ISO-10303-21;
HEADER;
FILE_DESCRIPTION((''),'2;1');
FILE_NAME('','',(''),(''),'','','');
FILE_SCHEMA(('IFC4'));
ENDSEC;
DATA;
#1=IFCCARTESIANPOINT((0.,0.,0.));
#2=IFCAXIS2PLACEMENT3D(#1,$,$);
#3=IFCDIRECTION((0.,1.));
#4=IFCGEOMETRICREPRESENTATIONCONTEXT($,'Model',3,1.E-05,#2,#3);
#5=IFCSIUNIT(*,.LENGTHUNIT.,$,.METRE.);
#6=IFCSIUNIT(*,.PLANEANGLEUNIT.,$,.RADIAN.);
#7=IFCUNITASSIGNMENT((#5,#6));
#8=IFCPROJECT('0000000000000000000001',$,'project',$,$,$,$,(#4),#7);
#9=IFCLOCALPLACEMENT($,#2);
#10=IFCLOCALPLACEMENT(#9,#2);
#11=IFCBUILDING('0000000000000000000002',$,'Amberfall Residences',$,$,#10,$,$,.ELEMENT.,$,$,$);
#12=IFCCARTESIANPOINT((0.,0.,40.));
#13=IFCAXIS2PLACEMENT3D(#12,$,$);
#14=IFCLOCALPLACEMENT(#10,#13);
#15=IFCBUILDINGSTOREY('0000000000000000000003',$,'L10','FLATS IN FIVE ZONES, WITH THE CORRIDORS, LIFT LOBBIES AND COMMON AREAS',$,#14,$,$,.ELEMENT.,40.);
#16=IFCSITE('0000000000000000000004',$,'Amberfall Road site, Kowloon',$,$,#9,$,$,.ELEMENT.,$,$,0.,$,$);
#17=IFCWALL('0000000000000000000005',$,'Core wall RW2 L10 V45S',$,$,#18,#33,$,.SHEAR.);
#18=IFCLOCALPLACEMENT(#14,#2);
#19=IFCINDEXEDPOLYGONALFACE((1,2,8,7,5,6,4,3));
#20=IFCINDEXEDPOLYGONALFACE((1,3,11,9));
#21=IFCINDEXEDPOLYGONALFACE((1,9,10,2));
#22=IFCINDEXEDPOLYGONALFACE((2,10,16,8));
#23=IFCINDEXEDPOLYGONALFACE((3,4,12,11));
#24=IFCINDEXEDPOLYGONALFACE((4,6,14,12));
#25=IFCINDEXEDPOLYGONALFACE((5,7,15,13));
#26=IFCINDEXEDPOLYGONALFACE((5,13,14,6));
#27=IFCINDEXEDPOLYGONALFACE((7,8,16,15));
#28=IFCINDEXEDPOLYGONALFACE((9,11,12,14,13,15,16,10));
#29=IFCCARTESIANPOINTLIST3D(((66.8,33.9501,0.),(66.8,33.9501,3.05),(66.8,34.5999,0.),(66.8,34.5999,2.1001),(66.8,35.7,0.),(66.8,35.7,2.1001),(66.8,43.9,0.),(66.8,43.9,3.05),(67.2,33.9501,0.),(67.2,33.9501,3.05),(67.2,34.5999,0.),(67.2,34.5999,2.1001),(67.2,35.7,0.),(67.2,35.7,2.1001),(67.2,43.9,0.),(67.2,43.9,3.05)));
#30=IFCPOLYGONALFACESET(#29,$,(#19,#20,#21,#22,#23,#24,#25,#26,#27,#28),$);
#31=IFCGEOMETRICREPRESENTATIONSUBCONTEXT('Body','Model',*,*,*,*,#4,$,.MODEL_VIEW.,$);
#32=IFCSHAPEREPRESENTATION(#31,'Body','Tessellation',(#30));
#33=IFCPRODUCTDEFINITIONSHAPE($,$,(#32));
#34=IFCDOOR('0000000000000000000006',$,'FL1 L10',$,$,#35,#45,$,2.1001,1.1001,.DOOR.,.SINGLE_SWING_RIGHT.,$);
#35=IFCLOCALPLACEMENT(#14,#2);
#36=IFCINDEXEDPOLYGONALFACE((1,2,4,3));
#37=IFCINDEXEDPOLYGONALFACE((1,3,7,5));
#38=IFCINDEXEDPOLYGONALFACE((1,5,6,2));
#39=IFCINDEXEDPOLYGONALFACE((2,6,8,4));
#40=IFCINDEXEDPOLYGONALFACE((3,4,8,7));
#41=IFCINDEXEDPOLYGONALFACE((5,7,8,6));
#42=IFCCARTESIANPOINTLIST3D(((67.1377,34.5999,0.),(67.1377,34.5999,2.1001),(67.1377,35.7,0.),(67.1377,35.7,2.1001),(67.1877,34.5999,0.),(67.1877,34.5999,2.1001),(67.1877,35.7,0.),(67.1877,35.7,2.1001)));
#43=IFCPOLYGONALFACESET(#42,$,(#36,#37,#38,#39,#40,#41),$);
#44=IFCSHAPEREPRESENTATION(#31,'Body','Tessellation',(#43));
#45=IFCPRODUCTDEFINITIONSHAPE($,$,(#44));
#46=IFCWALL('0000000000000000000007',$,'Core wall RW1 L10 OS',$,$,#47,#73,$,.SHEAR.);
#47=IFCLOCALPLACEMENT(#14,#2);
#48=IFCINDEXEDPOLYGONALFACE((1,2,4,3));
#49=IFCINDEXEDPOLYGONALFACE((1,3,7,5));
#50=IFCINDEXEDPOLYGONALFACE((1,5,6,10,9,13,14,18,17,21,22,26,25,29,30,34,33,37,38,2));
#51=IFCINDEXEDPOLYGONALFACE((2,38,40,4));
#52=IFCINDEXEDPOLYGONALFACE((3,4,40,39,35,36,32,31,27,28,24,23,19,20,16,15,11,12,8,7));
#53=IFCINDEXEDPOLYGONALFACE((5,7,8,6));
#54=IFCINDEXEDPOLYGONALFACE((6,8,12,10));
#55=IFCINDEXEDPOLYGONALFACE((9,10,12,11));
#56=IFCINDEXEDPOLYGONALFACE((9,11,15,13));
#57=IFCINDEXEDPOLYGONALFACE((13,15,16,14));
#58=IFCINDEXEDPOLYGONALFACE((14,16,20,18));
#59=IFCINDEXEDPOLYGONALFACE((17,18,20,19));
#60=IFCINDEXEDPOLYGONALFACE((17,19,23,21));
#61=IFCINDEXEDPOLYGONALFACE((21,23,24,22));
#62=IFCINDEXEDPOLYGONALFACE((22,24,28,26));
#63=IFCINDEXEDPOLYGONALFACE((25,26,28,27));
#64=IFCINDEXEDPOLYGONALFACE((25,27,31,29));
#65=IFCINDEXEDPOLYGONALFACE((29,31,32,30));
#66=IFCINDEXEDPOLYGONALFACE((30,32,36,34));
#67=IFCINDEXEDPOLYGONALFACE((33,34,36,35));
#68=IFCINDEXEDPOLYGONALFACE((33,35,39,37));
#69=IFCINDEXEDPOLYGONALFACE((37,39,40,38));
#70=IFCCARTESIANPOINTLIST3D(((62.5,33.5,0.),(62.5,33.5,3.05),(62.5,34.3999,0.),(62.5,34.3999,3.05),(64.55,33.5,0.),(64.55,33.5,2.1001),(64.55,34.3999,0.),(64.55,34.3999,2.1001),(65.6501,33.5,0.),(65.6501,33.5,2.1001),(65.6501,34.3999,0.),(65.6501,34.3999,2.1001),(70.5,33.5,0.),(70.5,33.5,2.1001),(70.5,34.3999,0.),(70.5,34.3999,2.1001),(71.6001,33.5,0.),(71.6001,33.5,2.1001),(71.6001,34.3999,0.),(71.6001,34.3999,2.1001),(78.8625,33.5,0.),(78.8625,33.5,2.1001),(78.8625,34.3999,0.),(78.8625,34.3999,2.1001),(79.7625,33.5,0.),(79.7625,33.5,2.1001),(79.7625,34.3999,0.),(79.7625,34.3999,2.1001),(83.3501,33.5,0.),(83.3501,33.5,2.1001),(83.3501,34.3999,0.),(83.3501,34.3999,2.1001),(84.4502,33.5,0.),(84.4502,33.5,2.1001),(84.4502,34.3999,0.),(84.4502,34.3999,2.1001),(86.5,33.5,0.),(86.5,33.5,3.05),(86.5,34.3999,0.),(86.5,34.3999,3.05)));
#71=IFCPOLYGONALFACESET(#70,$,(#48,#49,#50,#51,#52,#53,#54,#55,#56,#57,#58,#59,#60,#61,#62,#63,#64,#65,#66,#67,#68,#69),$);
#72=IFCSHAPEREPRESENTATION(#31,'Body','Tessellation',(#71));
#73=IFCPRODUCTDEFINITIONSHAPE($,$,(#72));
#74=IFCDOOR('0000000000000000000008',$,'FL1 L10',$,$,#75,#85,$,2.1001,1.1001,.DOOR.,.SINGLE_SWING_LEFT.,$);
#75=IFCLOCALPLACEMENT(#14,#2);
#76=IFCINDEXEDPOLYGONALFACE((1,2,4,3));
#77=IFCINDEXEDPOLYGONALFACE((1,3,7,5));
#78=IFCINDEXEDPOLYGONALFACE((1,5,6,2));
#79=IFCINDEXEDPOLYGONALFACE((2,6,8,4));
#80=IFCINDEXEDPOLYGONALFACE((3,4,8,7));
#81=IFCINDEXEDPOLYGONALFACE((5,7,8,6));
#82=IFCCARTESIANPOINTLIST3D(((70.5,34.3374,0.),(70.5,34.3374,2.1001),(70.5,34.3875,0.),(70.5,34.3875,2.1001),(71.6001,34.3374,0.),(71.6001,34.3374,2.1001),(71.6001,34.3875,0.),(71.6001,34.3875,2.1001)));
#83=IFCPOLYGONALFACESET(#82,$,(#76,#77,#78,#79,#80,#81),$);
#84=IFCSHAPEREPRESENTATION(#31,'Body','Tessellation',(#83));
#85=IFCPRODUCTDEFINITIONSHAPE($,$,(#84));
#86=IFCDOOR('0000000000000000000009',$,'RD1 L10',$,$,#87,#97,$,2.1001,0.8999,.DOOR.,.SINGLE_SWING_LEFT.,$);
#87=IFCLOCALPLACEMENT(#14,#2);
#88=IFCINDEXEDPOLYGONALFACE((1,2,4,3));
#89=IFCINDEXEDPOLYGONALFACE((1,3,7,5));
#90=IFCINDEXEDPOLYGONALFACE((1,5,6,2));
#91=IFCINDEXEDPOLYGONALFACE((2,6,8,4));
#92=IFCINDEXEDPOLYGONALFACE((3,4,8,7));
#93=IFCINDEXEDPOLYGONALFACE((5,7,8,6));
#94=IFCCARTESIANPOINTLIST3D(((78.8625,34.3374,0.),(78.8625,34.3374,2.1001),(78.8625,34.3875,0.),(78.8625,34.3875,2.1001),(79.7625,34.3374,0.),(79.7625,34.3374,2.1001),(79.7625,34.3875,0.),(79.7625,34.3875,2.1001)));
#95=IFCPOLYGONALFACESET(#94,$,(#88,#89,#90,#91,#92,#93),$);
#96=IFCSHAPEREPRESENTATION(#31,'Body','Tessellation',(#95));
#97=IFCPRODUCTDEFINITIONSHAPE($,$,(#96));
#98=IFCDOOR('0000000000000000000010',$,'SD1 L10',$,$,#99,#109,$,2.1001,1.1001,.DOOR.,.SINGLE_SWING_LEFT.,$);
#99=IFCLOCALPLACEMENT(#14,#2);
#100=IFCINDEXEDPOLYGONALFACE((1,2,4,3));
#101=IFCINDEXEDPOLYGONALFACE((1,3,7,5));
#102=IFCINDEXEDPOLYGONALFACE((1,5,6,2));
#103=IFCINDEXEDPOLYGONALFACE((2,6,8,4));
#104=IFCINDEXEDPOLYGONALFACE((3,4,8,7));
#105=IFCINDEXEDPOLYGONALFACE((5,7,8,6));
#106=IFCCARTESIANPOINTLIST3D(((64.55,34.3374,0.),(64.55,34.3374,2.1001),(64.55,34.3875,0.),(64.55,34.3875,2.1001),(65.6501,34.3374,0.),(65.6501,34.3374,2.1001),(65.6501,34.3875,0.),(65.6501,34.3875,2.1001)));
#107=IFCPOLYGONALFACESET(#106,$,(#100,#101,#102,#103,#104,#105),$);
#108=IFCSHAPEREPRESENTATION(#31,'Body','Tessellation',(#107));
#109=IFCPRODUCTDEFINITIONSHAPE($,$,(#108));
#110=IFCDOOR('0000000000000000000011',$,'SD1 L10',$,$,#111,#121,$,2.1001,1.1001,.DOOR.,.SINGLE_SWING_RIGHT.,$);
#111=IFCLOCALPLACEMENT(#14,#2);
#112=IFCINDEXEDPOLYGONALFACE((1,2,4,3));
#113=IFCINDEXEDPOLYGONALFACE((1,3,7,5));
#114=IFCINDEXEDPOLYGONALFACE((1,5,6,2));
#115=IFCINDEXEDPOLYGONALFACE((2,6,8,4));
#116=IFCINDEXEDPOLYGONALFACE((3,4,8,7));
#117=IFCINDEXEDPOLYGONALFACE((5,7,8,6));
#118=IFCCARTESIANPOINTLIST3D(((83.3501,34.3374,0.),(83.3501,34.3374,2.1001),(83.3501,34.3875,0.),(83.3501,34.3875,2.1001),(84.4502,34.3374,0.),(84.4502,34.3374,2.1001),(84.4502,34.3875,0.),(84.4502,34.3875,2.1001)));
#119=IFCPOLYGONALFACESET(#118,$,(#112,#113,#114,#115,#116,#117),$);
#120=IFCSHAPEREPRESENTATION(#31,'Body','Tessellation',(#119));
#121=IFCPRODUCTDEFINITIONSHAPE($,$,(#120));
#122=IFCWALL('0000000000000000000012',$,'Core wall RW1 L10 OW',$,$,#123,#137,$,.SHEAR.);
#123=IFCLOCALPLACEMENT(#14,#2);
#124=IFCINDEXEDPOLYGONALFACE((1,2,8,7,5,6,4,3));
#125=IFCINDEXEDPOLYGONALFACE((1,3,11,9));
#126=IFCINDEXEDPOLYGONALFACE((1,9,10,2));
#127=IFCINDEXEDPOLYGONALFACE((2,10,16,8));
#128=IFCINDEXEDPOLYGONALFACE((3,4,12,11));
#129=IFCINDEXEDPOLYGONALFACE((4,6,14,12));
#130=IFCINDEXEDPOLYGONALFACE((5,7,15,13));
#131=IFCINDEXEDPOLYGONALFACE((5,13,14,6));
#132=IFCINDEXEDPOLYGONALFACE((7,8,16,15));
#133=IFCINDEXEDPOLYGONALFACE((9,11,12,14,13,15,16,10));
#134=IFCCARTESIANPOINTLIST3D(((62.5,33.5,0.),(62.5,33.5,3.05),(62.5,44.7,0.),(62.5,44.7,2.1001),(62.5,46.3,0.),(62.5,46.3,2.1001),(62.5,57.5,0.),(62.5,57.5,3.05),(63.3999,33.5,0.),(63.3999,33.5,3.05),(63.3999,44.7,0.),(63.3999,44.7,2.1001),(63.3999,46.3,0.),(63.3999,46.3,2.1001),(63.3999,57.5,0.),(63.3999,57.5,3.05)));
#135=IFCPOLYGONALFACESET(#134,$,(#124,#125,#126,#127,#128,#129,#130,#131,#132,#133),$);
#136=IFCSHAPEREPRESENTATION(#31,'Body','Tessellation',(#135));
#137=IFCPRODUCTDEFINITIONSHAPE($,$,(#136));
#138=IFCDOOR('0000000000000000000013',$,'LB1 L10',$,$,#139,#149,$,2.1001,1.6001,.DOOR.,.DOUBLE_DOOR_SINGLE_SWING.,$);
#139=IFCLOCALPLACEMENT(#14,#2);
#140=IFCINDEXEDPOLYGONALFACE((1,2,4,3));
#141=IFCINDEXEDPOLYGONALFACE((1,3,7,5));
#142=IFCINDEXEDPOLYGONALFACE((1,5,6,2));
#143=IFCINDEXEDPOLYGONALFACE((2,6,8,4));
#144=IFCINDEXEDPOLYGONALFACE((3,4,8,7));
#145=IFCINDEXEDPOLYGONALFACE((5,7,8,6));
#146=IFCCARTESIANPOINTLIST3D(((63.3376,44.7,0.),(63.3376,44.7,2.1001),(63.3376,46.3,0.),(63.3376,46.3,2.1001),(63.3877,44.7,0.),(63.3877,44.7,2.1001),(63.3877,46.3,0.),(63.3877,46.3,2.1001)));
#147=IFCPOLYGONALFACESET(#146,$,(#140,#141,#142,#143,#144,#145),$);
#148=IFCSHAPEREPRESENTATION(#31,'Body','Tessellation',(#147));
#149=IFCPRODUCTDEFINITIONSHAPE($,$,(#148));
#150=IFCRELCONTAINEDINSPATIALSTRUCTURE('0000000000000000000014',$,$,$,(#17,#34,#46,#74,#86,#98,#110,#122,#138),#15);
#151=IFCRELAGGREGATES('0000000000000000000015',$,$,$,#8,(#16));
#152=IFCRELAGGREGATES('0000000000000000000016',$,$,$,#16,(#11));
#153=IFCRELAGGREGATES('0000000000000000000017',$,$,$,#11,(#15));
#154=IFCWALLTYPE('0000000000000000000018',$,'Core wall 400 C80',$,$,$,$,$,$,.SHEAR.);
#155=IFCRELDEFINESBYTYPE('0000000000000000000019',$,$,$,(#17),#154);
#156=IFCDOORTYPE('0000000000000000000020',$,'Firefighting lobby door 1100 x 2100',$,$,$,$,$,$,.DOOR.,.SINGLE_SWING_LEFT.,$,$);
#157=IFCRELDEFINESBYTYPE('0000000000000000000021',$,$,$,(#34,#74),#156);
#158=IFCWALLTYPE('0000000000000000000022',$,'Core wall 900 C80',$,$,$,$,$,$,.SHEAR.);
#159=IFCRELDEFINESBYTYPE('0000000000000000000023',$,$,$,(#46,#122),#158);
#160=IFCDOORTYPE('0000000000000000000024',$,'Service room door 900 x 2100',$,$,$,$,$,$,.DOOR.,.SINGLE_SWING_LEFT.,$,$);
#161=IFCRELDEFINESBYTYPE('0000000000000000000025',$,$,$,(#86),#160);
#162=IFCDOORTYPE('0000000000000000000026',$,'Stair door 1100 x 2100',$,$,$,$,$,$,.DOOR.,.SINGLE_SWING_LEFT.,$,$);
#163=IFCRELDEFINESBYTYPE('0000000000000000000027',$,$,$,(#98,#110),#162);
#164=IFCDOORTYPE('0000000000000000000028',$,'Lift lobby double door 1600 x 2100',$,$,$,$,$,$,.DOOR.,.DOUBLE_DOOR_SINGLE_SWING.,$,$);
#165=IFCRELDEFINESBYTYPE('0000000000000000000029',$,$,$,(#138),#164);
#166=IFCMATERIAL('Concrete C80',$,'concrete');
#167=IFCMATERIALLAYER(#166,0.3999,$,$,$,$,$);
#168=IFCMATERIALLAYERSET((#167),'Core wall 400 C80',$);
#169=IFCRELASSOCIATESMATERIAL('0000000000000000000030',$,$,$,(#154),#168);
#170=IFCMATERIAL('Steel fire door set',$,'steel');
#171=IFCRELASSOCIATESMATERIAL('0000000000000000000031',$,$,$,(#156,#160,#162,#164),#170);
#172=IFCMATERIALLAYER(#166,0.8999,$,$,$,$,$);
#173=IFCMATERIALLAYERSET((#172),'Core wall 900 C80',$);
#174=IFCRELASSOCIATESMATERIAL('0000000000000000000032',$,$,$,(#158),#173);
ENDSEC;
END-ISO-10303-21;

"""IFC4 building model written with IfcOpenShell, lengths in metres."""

from ifc_helpers import new_model, si_unit, direction, frame, frame_2d, origin, place, context, subcontext, project, spatial, rectangle, extrude, material, layer, layer_set, type_object, element, fill, save


model = new_model("IFC4")

# Units and contexts
model_context = context("Model", 3, precision=1e-05, world=origin(), true_north=direction((0.0, 1.0)))
body_context = subcontext(model_context, "Body", "Model", "MODEL_VIEW")
ifc_project = project(units=[si_unit("LENGTHUNIT", "METRE"), si_unit("PLANEANGLEUNIT", "RADIAN")], contexts=[model_context])

# Site, building, storey
site_placement = place(None, origin())
site = spatial("IfcSite", under=ifc_project, at=site_placement, Name="Amberfall Road site, Kowloon", CompositionType="ELEMENT", RefElevation=0.0)
building_placement = place(site_placement, origin())
building = spatial("IfcBuilding", under=site, at=building_placement, Name="Amberfall Residences", CompositionType="ELEMENT")
storey_placement = place(building_placement, frame((0.0, 0.0, 40.0)))
storey = spatial("IfcBuildingStorey", under=building, at=storey_placement, Name="L10", Description="FLATS IN FIVE ZONES, WITH THE CORRIDORS, LIFT LOBBIES AND COMMON AREAS", CompositionType="ELEMENT", Elevation=40.0)

# Wall, opening, door
ifc_material_1 = material(Name="Concrete C80", Category="concrete")
ifc_layer_1 = layer(ifc_material_1, 0.3999)
ifc_layer_set_1 = layer_set([ifc_layer_1], Name="Core wall 400 C80")
wall_type_1 = type_object("IfcWallType", Name="Core wall 400 C80", PredefinedType="SHEAR", material=ifc_layer_set_1)
wall_1_placement = place(storey_placement, frame((67.0, 33.95, 0.0), z_axis=(0.0, 0.0, 1.0), x_axis=(0.0, 1.0, 0.0)))
wall_1 = element("IfcWall", 1, at=wall_1_placement, inside=storey, type_object=wall_type_1, Name="Core wall RW2 L10 V45S", PredefinedType="SHEAR", context=body_context, shape_type="SweptSolid", body=[
    extrude(rectangle(XDim=9.95, YDim=0.3999, at=frame_2d((4.9751, 0.0))), origin(), (0.0, 0.0, 1.0), 3.05),
])
opening_1_placement = place(wall_1_placement, frame((0.6499, 0.0, 0.0)))
opening_1 = element("IfcOpeningElement", 2, at=opening_1_placement, cuts=wall_1, PredefinedType="OPENING", context=body_context, shape_type="SweptSolid", body=[
    extrude(rectangle(XDim=1.1001, YDim=2.1001, at=frame_2d((0.55, 1.05))), frame((0.0, 0.21, 0.0), z_axis=(0.0, -1.0, 0.0), x_axis=(1.0, 0.0, 0.0)), (0.0, 0.0, 1.0), 0.4199),
])
ifc_material_2 = material(Name="Steel fire door set", Category="steel")
door_type_1 = type_object("IfcDoorType", Name="Firefighting lobby door 1100 x 2100", OperationType="SINGLE_SWING_LEFT", PredefinedType="DOOR", material=ifc_material_2)
door_1_placement = place(opening_1_placement, origin())
door_1 = element("IfcDoor", 3, at=door_1_placement, inside=storey, type_object=door_type_1, Name="FL1 L10", OperationType="SINGLE_SWING_RIGHT", OverallHeight=2.1001, OverallWidth=1.1001, PredefinedType="DOOR", context=body_context, shape_type="SweptSolid", body=[
    extrude(rectangle(XDim=1.1001, YDim=2.1001, at=frame_2d((0.55, 1.05))), frame((0.0, -0.1377, 0.0), z_axis=(0.0, -1.0, 0.0), x_axis=(1.0, 0.0, 0.0)), (0.0, 0.0, 1.0), 0.05),
])
fill(opening_1, door_1)

# Wall, openings, doors
ifc_layer_2 = layer(ifc_material_1, 0.8999)
ifc_layer_set_2 = layer_set([ifc_layer_2], Name="Core wall 900 C80")
wall_type_2 = type_object("IfcWallType", Name="Core wall 900 C80", PredefinedType="SHEAR", material=ifc_layer_set_2)
wall_2_placement = place(storey_placement, frame((62.5, 33.95, 0.0), z_axis=(0.0, 0.0, 1.0), x_axis=(1.0, 0.0, 0.0)))
wall_2 = element("IfcWall", 4, at=wall_2_placement, inside=storey, type_object=wall_type_2, Name="Core wall RW1 L10 OS", PredefinedType="SHEAR", context=body_context, shape_type="SweptSolid", body=[
    extrude(rectangle(XDim=24.0, YDim=0.8999, at=frame_2d((12.0, 0.0))), origin(), (0.0, 0.0, 1.0), 3.05),
])
opening_2_placement = place(wall_2_placement, frame((2.05, 0.0, 0.0)))
opening_2 = element("IfcOpeningElement", 5, at=opening_2_placement, cuts=wall_2, PredefinedType="OPENING", context=body_context, shape_type="SweptSolid", body=[
    extrude(rectangle(XDim=1.1001, YDim=2.1001, at=frame_2d((0.55, 1.05))), frame((0.0, 0.46, 0.0), z_axis=(0.0, -1.0, 0.0), x_axis=(1.0, 0.0, 0.0)), (0.0, 0.0, 1.0), 0.9199),
])
opening_3_placement = place(wall_2_placement, frame((20.8501, 0.0, 0.0)))
opening_3 = element("IfcOpeningElement", 6, at=opening_3_placement, cuts=wall_2, PredefinedType="OPENING", context=body_context, shape_type="SweptSolid", body=[
    extrude(rectangle(XDim=1.1001, YDim=2.1001, at=frame_2d((0.55, 1.05))), frame((0.0, 0.46, 0.0), z_axis=(0.0, -1.0, 0.0), x_axis=(1.0, 0.0, 0.0)), (0.0, 0.0, 1.0), 0.9199),
])
opening_4_placement = place(wall_2_placement, frame((8.0, 0.0, 0.0)))
opening_4 = element("IfcOpeningElement", 7, at=opening_4_placement, cuts=wall_2, PredefinedType="OPENING", context=body_context, shape_type="SweptSolid", body=[
    extrude(rectangle(XDim=1.1001, YDim=2.1001, at=frame_2d((0.55, 1.05))), frame((0.0, 0.46, 0.0), z_axis=(0.0, -1.0, 0.0), x_axis=(1.0, 0.0, 0.0)), (0.0, 0.0, 1.0), 0.9199),
])
opening_5_placement = place(wall_2_placement, frame((16.3625, 0.0, 0.0)))
opening_5 = element("IfcOpeningElement", 8, at=opening_5_placement, cuts=wall_2, PredefinedType="OPENING", context=body_context, shape_type="SweptSolid", body=[
    extrude(rectangle(XDim=0.8999, YDim=2.1001, at=frame_2d((0.45, 1.05))), frame((0.0, 0.46, 0.0), z_axis=(0.0, -1.0, 0.0), x_axis=(1.0, 0.0, 0.0)), (0.0, 0.0, 1.0), 0.9199),
])
door_2_placement = place(opening_4_placement, origin())
door_2 = element("IfcDoor", 9, at=door_2_placement, inside=storey, type_object=door_type_1, Name="FL1 L10", OperationType="SINGLE_SWING_LEFT", OverallHeight=2.1001, OverallWidth=1.1001, PredefinedType="DOOR", context=body_context, shape_type="SweptSolid", body=[
    extrude(rectangle(XDim=1.1001, YDim=2.1001, at=frame_2d((0.55, 1.05))), frame((0.0, 0.4375, 0.0), z_axis=(0.0, -1.0, 0.0), x_axis=(1.0, 0.0, 0.0)), (0.0, 0.0, 1.0), 0.05),
])
fill(opening_4, door_2)
door_type_2 = type_object("IfcDoorType", Name="Service room door 900 x 2100", OperationType="SINGLE_SWING_LEFT", PredefinedType="DOOR", material=ifc_material_2)
door_3_placement = place(opening_5_placement, origin())
door_3 = element("IfcDoor", 10, at=door_3_placement, inside=storey, type_object=door_type_2, Name="RD1 L10", OperationType="SINGLE_SWING_LEFT", OverallHeight=2.1001, OverallWidth=0.8999, PredefinedType="DOOR", context=body_context, shape_type="SweptSolid", body=[
    extrude(rectangle(XDim=0.8999, YDim=2.1001, at=frame_2d((0.45, 1.05))), frame((0.0, 0.4375, 0.0), z_axis=(0.0, -1.0, 0.0), x_axis=(1.0, 0.0, 0.0)), (0.0, 0.0, 1.0), 0.05),
])
fill(opening_5, door_3)
door_type_3 = type_object("IfcDoorType", Name="Stair door 1100 x 2100", OperationType="SINGLE_SWING_LEFT", PredefinedType="DOOR", material=ifc_material_2)
door_4_placement = place(opening_2_placement, origin())
door_4 = element("IfcDoor", 11, at=door_4_placement, inside=storey, type_object=door_type_3, Name="SD1 L10", OperationType="SINGLE_SWING_LEFT", OverallHeight=2.1001, OverallWidth=1.1001, PredefinedType="DOOR", context=body_context, shape_type="SweptSolid", body=[
    extrude(rectangle(XDim=1.1001, YDim=2.1001, at=frame_2d((0.55, 1.05))), frame((0.0, 0.4375, 0.0), z_axis=(0.0, -1.0, 0.0), x_axis=(1.0, 0.0, 0.0)), (0.0, 0.0, 1.0), 0.05),
])
fill(opening_2, door_4)
door_5_placement = place(opening_3_placement, origin())
door_5 = element("IfcDoor", 12, at=door_5_placement, inside=storey, type_object=door_type_3, Name="SD1 L10", OperationType="SINGLE_SWING_RIGHT", OverallHeight=2.1001, OverallWidth=1.1001, PredefinedType="DOOR", context=body_context, shape_type="SweptSolid", body=[
    extrude(rectangle(XDim=1.1001, YDim=2.1001, at=frame_2d((0.55, 1.05))), frame((0.0, 0.4375, 0.0), z_axis=(0.0, -1.0, 0.0), x_axis=(1.0, 0.0, 0.0)), (0.0, 0.0, 1.0), 0.05),
])
fill(opening_3, door_5)

# Wall, opening, door
wall_3_placement = place(storey_placement, frame((62.95, 33.5, 0.0), z_axis=(0.0, 0.0, 1.0), x_axis=(0.0, 1.0, 0.0)))
wall_3 = element("IfcWall", 13, at=wall_3_placement, inside=storey, type_object=wall_type_2, Name="Core wall RW1 L10 OW", PredefinedType="SHEAR", context=body_context, shape_type="SweptSolid", body=[
    extrude(rectangle(XDim=24.0, YDim=0.8999, at=frame_2d((12.0, 0.0))), origin(), (0.0, 0.0, 1.0), 3.05),
])
opening_6_placement = place(wall_3_placement, frame((11.2, 0.0, 0.0)))
opening_6 = element("IfcOpeningElement", 14, at=opening_6_placement, cuts=wall_3, PredefinedType="OPENING", context=body_context, shape_type="SweptSolid", body=[
    extrude(rectangle(XDim=1.6001, YDim=2.1001, at=frame_2d((0.8, 1.05))), frame((0.0, 0.46, 0.0), z_axis=(0.0, -1.0, 0.0), x_axis=(1.0, 0.0, 0.0)), (0.0, 0.0, 1.0), 0.9199),
])
door_type_4 = type_object("IfcDoorType", Name="Lift lobby double door 1600 x 2100", OperationType="DOUBLE_DOOR_SINGLE_SWING", PredefinedType="DOOR", material=ifc_material_2)
door_6_placement = place(opening_6_placement, origin())
door_6 = element("IfcDoor", 15, at=door_6_placement, inside=storey, type_object=door_type_4, Name="LB1 L10", OperationType="DOUBLE_DOOR_SINGLE_SWING", OverallHeight=2.1001, OverallWidth=1.6001, PredefinedType="DOOR", context=body_context, shape_type="SweptSolid", body=[
    extrude(rectangle(XDim=1.6001, YDim=2.1001, at=frame_2d((0.8, 1.05))), frame((0.0, -0.3877, 0.0), z_axis=(0.0, -1.0, 0.0), x_axis=(1.0, 0.0, 0.0)), (0.0, 0.0, 1.0), 0.05),
])
fill(opening_6, door_6)

save(model, "model.ifc")
